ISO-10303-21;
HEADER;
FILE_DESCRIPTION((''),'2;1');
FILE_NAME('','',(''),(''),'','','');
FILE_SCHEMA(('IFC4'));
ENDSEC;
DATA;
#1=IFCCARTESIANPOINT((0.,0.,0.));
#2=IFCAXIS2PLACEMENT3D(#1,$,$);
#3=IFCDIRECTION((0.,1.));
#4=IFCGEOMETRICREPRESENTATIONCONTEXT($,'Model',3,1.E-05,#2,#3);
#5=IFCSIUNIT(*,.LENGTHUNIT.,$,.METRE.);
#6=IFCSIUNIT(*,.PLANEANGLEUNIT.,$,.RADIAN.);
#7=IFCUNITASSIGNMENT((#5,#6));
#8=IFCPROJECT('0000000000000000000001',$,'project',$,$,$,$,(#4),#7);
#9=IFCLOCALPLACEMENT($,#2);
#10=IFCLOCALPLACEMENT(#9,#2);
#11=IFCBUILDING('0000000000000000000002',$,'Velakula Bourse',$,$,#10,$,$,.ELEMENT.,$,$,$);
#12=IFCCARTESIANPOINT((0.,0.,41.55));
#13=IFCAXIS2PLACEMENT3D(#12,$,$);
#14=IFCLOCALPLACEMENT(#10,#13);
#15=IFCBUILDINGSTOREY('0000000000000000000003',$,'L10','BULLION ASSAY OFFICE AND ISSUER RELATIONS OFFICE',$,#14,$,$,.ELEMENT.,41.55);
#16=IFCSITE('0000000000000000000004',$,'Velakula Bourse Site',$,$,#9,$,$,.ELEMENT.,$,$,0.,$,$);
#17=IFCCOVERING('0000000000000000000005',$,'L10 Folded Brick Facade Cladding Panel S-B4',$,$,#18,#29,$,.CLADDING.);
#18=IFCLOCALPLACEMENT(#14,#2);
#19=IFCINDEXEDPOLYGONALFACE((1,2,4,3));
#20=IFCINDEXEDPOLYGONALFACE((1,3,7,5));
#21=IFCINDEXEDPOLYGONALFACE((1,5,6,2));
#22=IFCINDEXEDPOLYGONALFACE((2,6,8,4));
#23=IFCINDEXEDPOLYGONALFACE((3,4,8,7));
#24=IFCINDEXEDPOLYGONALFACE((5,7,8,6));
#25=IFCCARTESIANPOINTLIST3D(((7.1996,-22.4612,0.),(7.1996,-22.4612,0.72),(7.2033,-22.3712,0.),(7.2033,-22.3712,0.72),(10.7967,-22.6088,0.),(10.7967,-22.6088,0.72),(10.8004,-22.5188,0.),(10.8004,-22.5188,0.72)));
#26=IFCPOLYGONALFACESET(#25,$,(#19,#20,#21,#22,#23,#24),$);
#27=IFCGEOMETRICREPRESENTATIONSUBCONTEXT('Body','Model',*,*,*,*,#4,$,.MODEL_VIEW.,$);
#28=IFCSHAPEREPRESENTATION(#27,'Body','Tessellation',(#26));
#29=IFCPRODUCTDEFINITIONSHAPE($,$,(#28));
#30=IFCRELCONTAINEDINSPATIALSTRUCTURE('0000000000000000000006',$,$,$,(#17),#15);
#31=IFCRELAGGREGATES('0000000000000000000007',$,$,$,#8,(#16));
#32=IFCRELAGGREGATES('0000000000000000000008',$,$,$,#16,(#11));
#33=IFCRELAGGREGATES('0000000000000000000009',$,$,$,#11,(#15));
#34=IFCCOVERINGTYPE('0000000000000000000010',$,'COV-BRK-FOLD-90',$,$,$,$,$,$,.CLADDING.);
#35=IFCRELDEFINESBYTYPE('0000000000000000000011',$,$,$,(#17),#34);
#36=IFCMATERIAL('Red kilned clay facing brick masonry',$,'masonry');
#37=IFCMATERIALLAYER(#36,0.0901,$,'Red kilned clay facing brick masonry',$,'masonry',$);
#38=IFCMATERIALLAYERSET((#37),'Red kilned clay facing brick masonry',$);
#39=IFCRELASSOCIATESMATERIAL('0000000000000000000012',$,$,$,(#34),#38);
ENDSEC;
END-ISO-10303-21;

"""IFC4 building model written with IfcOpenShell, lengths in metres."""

from ifc_helpers import new_model, si_unit, direction, frame, origin, origin_2d, place, context, subcontext, project, spatial, rectangle, extrude, material, layer, layer_set, type_object, element, save


model = new_model("IFC4")

# Units and contexts
model_context = context("Model", 3, precision=1e-05, world=origin(), true_north=direction((0.0, 1.0)))
body_context = subcontext(model_context, "Body", "Model", "MODEL_VIEW")
ifc_project = project(units=[si_unit("LENGTHUNIT", "METRE"), si_unit("PLANEANGLEUNIT", "RADIAN")], contexts=[model_context])

# Site, building, storey
site_placement = place(None, origin())
site = spatial("IfcSite", under=ifc_project, at=site_placement, Name="Velakula Bourse Site", CompositionType="ELEMENT", RefElevation=0.0)
building_placement = place(site_placement, origin())
building = spatial("IfcBuilding", under=site, at=building_placement, Name="Velakula Bourse", CompositionType="ELEMENT")
storey_placement = place(building_placement, frame((0.0, 0.0, 41.55)))
storey = spatial("IfcBuildingStorey", under=building, at=storey_placement, Name="L10", Description="BULLION ASSAY OFFICE AND ISSUER RELATIONS OFFICE", CompositionType="ELEMENT", Elevation=41.55)

# Shared definitions
ifc_material_1 = material(Name="Red kilned clay facing brick masonry", Category="masonry")

# Covering
ifc_layer_1 = layer(ifc_material_1, 0.0901, Name="Red kilned clay facing brick masonry", Category="masonry")
ifc_layer_set_1 = layer_set([ifc_layer_1], Name="Red kilned clay facing brick masonry")
covering_type = type_object("IfcCoveringType", Name="COV-BRK-FOLD-90", PredefinedType="CLADDING", material=ifc_layer_set_1)
covering_placement = place(storey_placement, frame((9.0, -22.49, 0.0), z_axis=(0.0, 0.0, 1.0), x_axis=(0.999159, -0.041004, 0.0)))
element("IfcCovering", 1, at=covering_placement, inside=storey, type_object=covering_type, Name="L10 Folded Brick Facade Cladding Panel S-B4", PredefinedType="CLADDING", context=body_context, shape_type="SweptSolid", body=[
    extrude(rectangle(XDim=3.6001, YDim=0.0901, at=origin_2d()), origin(), (0.0, 0.0, 1.0), 0.72),
])

save(model, "model.ifc")
